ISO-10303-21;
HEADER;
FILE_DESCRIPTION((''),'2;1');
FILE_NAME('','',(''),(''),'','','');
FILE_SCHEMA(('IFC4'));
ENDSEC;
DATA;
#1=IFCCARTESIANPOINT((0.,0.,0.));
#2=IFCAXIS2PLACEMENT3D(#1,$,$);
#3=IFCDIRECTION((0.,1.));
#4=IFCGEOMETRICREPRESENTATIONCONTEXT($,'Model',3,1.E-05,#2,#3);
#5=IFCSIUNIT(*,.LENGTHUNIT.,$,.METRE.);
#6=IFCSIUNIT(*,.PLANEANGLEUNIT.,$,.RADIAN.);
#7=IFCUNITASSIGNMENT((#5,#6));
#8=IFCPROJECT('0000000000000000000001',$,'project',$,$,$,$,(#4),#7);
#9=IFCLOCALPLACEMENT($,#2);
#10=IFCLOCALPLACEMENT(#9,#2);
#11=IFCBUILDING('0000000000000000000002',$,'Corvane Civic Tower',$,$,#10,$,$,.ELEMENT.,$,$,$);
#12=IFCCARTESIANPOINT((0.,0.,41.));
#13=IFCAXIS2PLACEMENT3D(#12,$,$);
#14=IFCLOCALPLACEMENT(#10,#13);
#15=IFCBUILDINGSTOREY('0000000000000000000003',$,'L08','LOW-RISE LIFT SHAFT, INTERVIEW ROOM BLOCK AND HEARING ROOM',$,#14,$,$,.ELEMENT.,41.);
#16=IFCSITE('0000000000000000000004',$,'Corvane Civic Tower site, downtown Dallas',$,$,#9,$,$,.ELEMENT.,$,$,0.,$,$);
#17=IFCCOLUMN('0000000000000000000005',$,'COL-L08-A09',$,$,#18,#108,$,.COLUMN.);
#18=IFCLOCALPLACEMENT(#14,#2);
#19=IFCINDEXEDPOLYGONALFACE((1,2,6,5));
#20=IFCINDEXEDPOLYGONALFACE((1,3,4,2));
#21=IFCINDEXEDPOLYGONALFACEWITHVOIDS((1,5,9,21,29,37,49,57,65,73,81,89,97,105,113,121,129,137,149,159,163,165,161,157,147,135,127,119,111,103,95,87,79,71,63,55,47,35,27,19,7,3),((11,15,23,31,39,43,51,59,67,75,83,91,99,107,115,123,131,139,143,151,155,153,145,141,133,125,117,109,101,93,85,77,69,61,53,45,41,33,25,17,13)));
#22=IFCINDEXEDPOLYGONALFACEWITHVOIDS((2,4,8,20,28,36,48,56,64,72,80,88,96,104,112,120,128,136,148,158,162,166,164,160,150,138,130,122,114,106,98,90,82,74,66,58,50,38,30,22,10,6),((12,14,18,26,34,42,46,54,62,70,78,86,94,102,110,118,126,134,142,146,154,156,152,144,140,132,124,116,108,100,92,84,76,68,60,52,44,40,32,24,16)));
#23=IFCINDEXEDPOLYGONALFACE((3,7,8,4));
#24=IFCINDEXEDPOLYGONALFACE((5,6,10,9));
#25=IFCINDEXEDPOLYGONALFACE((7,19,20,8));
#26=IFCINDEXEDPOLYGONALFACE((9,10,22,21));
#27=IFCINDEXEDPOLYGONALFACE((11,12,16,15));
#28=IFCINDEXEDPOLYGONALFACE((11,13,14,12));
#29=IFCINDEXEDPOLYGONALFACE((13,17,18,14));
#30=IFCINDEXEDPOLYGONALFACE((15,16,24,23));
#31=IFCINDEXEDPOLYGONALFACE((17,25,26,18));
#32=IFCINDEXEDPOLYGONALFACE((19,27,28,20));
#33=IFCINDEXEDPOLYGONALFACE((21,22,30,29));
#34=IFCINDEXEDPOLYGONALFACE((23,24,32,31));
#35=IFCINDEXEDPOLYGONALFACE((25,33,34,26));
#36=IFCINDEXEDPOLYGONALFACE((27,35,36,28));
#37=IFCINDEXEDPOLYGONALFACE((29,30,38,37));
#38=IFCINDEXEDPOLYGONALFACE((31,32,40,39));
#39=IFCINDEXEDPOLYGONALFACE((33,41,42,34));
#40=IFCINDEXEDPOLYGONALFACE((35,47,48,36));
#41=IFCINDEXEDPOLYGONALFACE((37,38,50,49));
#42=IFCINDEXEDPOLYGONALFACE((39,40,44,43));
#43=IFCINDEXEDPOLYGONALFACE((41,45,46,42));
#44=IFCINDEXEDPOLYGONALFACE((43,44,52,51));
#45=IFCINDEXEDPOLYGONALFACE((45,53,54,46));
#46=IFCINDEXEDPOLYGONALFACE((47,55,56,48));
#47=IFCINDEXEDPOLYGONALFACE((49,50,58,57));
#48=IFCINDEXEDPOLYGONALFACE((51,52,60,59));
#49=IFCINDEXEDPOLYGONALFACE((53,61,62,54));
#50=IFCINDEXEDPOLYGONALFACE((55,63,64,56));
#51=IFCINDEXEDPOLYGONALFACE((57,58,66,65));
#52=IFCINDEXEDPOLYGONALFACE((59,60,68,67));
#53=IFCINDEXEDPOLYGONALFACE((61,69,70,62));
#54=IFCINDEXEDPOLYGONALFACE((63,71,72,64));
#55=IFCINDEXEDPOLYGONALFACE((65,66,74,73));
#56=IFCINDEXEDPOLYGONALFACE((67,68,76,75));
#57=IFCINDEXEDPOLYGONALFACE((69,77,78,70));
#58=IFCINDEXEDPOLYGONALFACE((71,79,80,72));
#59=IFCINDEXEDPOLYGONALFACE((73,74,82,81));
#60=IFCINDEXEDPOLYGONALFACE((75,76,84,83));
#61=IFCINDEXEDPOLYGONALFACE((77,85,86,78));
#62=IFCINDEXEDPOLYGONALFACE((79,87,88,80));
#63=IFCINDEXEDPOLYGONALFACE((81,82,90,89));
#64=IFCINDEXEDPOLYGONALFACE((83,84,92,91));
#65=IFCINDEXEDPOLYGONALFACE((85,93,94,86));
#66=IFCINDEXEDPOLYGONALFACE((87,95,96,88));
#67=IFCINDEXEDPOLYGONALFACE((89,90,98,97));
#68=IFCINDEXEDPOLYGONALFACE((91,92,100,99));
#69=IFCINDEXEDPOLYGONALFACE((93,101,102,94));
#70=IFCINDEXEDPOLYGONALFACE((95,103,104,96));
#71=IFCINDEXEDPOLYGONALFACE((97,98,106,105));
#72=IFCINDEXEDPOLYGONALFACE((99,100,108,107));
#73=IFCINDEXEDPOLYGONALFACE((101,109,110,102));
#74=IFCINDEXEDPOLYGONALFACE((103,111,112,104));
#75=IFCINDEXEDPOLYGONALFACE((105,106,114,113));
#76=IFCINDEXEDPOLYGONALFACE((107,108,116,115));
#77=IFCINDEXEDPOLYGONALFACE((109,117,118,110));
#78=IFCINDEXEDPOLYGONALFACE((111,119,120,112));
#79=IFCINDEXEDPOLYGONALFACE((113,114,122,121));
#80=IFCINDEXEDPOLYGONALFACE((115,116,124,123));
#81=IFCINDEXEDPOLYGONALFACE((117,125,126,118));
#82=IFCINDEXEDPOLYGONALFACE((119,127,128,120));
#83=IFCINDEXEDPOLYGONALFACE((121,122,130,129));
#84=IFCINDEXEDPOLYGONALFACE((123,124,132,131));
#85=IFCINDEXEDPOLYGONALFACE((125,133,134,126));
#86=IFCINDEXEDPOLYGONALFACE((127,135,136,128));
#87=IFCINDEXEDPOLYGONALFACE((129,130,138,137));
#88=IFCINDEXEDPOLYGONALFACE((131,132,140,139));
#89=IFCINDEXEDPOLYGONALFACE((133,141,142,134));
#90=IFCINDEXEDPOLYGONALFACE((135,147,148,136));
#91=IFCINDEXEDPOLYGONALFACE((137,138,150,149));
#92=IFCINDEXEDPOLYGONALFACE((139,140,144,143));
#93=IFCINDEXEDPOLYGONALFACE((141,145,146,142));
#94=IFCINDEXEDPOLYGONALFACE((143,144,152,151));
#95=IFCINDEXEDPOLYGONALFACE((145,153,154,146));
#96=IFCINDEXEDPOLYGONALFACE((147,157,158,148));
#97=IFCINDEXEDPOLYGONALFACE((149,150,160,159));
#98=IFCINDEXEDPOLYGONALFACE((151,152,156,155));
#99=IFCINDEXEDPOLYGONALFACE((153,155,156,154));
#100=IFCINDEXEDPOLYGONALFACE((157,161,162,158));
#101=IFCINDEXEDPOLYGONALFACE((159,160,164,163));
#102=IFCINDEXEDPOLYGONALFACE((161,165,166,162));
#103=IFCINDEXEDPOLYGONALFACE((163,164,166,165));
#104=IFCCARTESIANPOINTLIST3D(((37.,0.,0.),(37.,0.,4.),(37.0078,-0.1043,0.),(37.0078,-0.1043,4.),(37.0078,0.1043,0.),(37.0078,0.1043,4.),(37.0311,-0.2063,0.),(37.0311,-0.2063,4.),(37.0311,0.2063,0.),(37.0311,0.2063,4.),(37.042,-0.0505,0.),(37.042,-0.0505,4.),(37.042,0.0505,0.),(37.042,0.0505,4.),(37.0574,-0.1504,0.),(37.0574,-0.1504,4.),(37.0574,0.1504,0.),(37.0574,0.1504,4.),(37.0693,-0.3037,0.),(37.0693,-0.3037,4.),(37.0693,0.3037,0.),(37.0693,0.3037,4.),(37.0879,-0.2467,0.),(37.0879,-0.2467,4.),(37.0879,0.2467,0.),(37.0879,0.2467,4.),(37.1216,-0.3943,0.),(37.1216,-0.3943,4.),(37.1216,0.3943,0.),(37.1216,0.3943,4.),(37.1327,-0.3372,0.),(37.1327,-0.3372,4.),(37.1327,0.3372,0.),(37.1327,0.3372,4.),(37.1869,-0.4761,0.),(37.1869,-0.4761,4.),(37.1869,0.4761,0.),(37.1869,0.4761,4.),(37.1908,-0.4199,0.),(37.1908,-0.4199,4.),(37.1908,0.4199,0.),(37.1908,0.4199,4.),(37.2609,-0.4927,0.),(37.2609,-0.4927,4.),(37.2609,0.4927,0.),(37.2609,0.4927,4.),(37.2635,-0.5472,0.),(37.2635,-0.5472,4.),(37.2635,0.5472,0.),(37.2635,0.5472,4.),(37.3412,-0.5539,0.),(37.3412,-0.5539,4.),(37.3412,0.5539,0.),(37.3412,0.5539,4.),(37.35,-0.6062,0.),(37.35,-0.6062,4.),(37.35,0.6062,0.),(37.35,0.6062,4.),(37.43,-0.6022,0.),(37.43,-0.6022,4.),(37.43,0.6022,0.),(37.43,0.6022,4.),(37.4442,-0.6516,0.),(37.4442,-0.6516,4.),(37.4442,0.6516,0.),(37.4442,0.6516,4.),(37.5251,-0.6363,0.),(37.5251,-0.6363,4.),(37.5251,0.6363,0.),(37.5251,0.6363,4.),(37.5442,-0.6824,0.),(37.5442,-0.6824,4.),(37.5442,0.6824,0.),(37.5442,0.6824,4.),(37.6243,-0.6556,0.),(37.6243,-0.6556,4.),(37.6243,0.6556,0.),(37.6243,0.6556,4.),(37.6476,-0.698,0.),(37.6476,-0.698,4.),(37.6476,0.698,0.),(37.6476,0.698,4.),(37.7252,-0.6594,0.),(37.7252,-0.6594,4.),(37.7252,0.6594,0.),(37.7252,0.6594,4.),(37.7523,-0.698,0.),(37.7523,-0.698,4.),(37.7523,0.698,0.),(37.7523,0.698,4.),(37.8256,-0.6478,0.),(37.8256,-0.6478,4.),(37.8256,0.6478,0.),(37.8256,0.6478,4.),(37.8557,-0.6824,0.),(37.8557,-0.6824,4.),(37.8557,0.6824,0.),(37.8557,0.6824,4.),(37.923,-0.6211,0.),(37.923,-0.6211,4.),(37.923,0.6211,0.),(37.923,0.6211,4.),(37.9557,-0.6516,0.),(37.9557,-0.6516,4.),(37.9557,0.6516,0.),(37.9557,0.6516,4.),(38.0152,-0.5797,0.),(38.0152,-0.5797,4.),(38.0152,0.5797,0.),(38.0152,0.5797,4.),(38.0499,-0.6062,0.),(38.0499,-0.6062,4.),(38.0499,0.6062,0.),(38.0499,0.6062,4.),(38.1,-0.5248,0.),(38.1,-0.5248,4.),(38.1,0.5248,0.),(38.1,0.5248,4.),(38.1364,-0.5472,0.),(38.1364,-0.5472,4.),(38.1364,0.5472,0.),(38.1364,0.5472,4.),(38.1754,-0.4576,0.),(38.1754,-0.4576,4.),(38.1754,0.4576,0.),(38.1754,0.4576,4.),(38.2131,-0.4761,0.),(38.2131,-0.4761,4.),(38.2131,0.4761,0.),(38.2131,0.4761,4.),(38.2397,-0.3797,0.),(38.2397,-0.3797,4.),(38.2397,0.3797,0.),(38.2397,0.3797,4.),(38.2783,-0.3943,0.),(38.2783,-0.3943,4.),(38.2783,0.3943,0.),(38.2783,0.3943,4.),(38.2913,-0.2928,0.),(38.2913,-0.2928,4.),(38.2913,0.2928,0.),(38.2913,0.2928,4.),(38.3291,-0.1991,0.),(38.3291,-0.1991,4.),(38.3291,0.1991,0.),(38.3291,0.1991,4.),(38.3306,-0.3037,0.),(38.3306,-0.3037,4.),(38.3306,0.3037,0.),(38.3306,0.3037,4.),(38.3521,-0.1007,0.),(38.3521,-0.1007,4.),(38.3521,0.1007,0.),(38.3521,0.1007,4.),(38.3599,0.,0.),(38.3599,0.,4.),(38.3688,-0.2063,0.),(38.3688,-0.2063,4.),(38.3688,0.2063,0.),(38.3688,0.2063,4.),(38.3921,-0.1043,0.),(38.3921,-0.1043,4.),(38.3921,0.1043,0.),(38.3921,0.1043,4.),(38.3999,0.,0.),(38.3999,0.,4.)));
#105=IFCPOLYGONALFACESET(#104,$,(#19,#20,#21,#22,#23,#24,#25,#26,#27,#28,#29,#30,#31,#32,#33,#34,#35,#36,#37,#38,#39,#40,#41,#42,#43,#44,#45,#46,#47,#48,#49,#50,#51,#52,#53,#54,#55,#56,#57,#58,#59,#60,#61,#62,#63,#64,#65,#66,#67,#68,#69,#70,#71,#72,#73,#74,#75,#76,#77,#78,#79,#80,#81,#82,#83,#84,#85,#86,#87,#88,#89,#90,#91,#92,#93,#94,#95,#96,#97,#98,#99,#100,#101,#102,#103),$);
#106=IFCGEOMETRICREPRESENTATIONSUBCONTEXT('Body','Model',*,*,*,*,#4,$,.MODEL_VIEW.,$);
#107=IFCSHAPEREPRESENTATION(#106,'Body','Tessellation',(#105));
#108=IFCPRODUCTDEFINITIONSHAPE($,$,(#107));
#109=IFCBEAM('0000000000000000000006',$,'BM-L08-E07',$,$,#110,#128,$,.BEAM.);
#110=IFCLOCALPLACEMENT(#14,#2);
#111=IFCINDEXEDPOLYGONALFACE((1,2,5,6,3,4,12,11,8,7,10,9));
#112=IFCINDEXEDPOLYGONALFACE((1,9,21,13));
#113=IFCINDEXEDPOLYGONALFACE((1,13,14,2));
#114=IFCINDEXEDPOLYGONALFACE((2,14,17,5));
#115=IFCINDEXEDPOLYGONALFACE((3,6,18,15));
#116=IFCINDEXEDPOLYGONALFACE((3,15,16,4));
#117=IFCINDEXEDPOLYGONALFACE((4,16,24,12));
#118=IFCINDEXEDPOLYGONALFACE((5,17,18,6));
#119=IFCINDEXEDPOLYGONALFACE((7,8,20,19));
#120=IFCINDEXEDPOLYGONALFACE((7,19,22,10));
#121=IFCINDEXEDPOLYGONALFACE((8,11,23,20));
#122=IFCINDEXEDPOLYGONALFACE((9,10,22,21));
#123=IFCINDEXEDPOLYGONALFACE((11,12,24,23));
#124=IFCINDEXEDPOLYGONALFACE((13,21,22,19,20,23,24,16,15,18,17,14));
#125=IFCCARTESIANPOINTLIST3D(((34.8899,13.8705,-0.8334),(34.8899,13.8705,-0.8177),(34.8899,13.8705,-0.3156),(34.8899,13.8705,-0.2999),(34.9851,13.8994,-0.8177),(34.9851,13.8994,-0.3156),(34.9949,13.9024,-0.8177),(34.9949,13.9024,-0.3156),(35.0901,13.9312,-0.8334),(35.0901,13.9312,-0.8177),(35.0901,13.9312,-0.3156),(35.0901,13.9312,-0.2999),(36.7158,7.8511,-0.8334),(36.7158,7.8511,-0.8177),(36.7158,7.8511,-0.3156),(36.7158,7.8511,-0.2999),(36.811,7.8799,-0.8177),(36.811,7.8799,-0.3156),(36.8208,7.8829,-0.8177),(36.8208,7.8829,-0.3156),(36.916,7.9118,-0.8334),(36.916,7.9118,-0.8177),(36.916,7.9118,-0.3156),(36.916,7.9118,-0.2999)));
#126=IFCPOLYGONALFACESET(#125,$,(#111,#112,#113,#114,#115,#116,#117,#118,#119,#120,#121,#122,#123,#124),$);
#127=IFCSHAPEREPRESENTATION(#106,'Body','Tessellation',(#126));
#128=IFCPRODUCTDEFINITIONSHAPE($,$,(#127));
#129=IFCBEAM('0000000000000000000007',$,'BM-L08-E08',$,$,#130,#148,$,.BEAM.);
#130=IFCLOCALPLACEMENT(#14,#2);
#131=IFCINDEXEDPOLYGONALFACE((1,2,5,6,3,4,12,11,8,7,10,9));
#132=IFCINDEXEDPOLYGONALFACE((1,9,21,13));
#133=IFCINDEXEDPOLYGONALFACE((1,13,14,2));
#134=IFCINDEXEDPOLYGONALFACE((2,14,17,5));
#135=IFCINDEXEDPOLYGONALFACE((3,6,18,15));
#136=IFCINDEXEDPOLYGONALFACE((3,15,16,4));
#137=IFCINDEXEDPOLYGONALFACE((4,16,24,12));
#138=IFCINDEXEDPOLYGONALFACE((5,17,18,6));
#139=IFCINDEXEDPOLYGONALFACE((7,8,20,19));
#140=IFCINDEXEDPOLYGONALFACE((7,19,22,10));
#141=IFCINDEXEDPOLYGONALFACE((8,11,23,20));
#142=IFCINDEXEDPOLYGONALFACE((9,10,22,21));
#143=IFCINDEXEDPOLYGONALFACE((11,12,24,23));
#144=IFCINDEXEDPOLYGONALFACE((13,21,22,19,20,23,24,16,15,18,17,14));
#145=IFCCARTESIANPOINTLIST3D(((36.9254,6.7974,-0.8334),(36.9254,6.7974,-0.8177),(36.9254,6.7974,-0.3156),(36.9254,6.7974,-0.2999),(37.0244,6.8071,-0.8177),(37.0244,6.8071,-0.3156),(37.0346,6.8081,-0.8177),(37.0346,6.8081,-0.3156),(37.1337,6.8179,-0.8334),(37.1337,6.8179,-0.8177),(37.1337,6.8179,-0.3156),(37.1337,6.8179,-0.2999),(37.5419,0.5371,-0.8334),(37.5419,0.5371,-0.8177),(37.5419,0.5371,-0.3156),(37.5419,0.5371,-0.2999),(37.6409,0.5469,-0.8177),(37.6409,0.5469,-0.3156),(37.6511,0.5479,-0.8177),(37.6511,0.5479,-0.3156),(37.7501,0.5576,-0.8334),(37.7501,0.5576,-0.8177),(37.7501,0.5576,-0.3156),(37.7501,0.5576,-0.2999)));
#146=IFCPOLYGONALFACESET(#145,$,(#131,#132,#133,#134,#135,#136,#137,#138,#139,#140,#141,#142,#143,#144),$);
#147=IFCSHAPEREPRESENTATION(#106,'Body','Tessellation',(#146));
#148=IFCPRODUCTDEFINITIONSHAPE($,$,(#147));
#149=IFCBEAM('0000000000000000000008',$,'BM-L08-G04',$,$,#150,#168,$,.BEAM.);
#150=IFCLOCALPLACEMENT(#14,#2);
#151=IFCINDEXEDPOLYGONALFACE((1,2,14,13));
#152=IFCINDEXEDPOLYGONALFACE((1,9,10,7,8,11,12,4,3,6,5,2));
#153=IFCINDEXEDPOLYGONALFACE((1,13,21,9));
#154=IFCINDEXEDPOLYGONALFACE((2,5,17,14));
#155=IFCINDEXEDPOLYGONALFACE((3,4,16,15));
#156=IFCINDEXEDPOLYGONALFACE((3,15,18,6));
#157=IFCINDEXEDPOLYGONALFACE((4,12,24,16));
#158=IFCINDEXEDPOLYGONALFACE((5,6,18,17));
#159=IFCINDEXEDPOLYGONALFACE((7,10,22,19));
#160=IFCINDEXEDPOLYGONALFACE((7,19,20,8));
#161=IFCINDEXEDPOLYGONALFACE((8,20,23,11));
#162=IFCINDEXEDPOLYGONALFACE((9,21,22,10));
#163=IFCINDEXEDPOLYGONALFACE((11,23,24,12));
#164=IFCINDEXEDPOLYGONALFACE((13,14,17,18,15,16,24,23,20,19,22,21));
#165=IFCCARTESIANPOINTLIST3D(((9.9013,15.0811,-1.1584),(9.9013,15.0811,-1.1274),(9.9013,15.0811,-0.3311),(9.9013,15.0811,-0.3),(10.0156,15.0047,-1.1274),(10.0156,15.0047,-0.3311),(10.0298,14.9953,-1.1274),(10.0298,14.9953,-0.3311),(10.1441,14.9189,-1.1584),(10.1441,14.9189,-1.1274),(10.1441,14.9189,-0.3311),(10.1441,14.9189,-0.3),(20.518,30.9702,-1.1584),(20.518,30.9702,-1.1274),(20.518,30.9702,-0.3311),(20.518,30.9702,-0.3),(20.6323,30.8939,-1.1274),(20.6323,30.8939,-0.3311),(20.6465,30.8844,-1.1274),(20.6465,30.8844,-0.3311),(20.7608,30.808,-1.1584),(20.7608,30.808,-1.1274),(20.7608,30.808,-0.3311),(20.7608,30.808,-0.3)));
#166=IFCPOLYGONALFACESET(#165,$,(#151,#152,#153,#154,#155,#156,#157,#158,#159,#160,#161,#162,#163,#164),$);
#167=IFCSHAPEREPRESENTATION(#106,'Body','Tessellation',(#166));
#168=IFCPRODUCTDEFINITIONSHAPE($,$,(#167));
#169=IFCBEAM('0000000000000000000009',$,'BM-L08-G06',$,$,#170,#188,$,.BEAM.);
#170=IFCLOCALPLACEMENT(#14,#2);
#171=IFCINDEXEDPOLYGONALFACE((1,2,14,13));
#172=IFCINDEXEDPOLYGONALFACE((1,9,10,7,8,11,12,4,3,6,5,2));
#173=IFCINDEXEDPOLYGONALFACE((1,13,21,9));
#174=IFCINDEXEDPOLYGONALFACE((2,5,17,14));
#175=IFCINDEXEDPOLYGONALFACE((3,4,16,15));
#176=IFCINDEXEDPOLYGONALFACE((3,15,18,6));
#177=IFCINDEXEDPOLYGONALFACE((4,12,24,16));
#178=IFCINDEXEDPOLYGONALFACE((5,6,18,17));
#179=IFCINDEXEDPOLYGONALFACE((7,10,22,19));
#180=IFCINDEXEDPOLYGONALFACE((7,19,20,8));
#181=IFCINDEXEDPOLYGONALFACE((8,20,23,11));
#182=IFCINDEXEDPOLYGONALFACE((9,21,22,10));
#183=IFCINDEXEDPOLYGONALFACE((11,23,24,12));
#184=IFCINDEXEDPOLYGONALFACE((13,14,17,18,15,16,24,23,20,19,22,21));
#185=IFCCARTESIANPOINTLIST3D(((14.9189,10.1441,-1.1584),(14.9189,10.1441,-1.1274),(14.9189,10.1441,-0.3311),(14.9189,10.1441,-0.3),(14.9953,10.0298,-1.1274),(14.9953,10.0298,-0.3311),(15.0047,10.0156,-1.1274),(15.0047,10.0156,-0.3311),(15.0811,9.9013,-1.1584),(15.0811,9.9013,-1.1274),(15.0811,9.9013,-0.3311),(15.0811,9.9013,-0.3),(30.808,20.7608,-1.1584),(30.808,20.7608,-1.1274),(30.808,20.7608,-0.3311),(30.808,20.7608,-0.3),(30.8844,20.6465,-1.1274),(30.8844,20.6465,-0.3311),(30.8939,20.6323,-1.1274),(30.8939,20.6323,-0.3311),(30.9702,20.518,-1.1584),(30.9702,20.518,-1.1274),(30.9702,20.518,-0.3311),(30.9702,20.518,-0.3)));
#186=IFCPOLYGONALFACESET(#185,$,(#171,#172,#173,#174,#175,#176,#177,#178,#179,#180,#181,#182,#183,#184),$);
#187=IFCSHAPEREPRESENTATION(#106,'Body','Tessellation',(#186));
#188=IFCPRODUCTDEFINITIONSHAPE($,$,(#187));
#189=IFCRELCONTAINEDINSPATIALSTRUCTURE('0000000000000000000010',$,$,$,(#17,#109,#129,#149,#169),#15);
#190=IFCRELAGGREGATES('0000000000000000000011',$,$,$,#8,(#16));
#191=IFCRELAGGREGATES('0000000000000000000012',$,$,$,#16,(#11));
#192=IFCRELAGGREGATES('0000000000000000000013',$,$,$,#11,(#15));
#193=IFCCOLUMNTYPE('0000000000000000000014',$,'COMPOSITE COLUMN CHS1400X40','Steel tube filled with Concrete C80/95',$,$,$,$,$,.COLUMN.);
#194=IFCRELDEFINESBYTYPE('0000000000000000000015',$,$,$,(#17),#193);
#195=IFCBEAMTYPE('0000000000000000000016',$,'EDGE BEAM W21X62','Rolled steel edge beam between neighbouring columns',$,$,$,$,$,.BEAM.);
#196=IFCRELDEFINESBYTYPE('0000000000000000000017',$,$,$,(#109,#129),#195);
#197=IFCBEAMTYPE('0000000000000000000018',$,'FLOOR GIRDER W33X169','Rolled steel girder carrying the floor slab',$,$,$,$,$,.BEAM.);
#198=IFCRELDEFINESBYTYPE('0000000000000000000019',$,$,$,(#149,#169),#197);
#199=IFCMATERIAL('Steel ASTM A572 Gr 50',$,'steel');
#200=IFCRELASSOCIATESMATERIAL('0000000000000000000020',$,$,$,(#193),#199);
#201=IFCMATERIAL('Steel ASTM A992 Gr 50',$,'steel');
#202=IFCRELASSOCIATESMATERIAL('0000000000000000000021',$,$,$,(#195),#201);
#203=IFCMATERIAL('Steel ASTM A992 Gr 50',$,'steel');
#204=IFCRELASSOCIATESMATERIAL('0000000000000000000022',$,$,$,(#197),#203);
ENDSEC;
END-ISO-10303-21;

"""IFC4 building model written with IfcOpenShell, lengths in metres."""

from ifc_helpers import new_model, si_unit, direction, frame, origin, origin_2d, place, context, subcontext, project, spatial, hollow_circle, i_section, extrude, material, material_profile, profile_set, type_object, element, save


model = new_model("IFC4")

# Units and contexts
model_context = context("Model", 3, precision=1e-05, world=origin(), true_north=direction((0.0, 1.0)))
body_context = subcontext(model_context, "Body", "Model", "MODEL_VIEW")
ifc_project = project(units=[si_unit("LENGTHUNIT", "METRE"), si_unit("PLANEANGLEUNIT", "RADIAN")], contexts=[model_context])

# Site, building, storey
site_placement = place(None, origin())
site = spatial("IfcSite", under=ifc_project, at=site_placement, Name="Corvane Civic Tower site, downtown Dallas", CompositionType="ELEMENT", RefElevation=0.0)
building_placement = place(site_placement, origin())
building = spatial("IfcBuilding", under=site, at=building_placement, Name="Corvane Civic Tower", CompositionType="ELEMENT")
storey_placement = place(building_placement, frame((0.0, 0.0, 41.0)))
storey = spatial("IfcBuildingStorey", under=building, at=storey_placement, Name="L08", Description="LOW-RISE LIFT SHAFT, INTERVIEW ROOM BLOCK AND HEARING ROOM", CompositionType="ELEMENT", Elevation=41.0)

# Column
ifc_material_1 = material(Name="Steel ASTM A572 Gr 50", Category="steel")
ifc_material_profile_1 = material_profile(ifc_material_1, hollow_circle(Radius=0.7, WallThickness=0.04, at=origin_2d()), Name="CHS1400X40")
ifc_profile_set_1 = profile_set([ifc_material_profile_1], Name="Steel ASTM A572 Gr 50")
column_type = type_object("IfcColumnType", Name="COMPOSITE COLUMN CHS1400X40", Description="Steel tube filled with Concrete C80/95", PredefinedType="COLUMN", material=ifc_profile_set_1)
for number, where, z_axis, x_axis, name in (
    (1, (37.7, 0.0, 0.0), (0.0, 0.0, 1.0), (1.0, 0.0, 0.0), "COL-L08-A09"),
):
    element("IfcColumn", number, at=place(storey_placement, frame(where, z_axis=z_axis, x_axis=x_axis)), inside=storey, type_object=column_type, Name=name, PredefinedType="COLUMN", context=body_context, shape_type="SweptSolid", body=[
        extrude(hollow_circle(Radius=0.7, WallThickness=0.04, at=origin_2d()), origin(), (0.0, 0.0, 1.0), 4.0),
    ])

# Beams
ifc_material_2 = material(Name="Steel ASTM A992 Gr 50", Category="steel")
ifc_material_profile_2 = material_profile(ifc_material_2, i_section(OverallWidth=0.2092, OverallDepth=0.5334, WebThickness=0.0103, FlangeThickness=0.0156, at=origin_2d()), Name="W21X62")
ifc_profile_set_2 = profile_set([ifc_material_profile_2], Name="Steel ASTM A992 Gr 50")
beam_type_1 = type_object("IfcBeamType", Name="EDGE BEAM W21X62", Description="Rolled steel edge beam between neighbouring columns", PredefinedType="BEAM", material=ifc_profile_set_2)
beam_1_placement = place(storey_placement, frame((34.99, 13.9009, -0.5667), z_axis=(0.290273, -0.956944, 0.0), x_axis=(0.956944, 0.290273, 0.0)))
element("IfcBeam", 2, at=beam_1_placement, inside=storey, type_object=beam_type_1, Name="BM-L08-E07", PredefinedType="BEAM", context=body_context, shape_type="SweptSolid", body=[
    extrude(i_section(OverallWidth=0.2092, OverallDepth=0.5334, WebThickness=0.0103, FlangeThickness=0.0156, at=origin_2d()), origin(), (0.0, 0.0, 1.0), 6.2903),
])
beam_2_placement = place(storey_placement, frame((37.0295, 6.8076, -0.5667), z_axis=(0.097997, -0.995187, 0.0), x_axis=(0.995187, 0.097997, 0.0)))
element("IfcBeam", 3, at=beam_2_placement, inside=storey, type_object=beam_type_1, Name="BM-L08-E08", PredefinedType="BEAM", context=body_context, shape_type="SweptSolid", body=[
    extrude(i_section(OverallWidth=0.2092, OverallDepth=0.5334, WebThickness=0.0103, FlangeThickness=0.0156, at=origin_2d()), origin(), (0.0, 0.0, 1.0), 6.2905),
])
ifc_material_3 = material(Name="Steel ASTM A992 Gr 50", Category="steel")
ifc_material_profile_3 = material_profile(ifc_material_3, i_section(OverallWidth=0.292, OverallDepth=0.8584, WebThickness=0.0171, FlangeThickness=0.031, at=origin_2d()), Name="W33X169")
ifc_profile_set_3 = profile_set([ifc_material_profile_3], Name="Steel ASTM A992 Gr 50")
beam_type_2 = type_object("IfcBeamType", Name="FLOOR GIRDER W33X169", Description="Rolled steel girder carrying the floor slab", PredefinedType="BEAM", material=ifc_profile_set_3)
for number, where, z_axis, x_axis, name in (
    (4, (10.0227, 15.0, -0.7292), (0.555567, 0.831472, 0.0), (-0.831472, 0.555567, 0.0), "BM-L08-G04"),
    (5, (15.0, 10.0227, -0.7292), (0.831472, 0.555567, 0.0), (-0.555567, 0.831472, 0.0), "BM-L08-G06"),
):
    element("IfcBeam", number, at=place(storey_placement, frame(where, z_axis=z_axis, x_axis=x_axis)), inside=storey, type_object=beam_type_2, Name=name, PredefinedType="BEAM", context=body_context, shape_type="SweptSolid", body=[
        extrude(i_section(OverallWidth=0.292, OverallDepth=0.8584, WebThickness=0.0171, FlangeThickness=0.031, at=origin_2d()), origin(), (0.0, 0.0, 1.0), 19.1096),
    ])

save(model, "model.ifc")
